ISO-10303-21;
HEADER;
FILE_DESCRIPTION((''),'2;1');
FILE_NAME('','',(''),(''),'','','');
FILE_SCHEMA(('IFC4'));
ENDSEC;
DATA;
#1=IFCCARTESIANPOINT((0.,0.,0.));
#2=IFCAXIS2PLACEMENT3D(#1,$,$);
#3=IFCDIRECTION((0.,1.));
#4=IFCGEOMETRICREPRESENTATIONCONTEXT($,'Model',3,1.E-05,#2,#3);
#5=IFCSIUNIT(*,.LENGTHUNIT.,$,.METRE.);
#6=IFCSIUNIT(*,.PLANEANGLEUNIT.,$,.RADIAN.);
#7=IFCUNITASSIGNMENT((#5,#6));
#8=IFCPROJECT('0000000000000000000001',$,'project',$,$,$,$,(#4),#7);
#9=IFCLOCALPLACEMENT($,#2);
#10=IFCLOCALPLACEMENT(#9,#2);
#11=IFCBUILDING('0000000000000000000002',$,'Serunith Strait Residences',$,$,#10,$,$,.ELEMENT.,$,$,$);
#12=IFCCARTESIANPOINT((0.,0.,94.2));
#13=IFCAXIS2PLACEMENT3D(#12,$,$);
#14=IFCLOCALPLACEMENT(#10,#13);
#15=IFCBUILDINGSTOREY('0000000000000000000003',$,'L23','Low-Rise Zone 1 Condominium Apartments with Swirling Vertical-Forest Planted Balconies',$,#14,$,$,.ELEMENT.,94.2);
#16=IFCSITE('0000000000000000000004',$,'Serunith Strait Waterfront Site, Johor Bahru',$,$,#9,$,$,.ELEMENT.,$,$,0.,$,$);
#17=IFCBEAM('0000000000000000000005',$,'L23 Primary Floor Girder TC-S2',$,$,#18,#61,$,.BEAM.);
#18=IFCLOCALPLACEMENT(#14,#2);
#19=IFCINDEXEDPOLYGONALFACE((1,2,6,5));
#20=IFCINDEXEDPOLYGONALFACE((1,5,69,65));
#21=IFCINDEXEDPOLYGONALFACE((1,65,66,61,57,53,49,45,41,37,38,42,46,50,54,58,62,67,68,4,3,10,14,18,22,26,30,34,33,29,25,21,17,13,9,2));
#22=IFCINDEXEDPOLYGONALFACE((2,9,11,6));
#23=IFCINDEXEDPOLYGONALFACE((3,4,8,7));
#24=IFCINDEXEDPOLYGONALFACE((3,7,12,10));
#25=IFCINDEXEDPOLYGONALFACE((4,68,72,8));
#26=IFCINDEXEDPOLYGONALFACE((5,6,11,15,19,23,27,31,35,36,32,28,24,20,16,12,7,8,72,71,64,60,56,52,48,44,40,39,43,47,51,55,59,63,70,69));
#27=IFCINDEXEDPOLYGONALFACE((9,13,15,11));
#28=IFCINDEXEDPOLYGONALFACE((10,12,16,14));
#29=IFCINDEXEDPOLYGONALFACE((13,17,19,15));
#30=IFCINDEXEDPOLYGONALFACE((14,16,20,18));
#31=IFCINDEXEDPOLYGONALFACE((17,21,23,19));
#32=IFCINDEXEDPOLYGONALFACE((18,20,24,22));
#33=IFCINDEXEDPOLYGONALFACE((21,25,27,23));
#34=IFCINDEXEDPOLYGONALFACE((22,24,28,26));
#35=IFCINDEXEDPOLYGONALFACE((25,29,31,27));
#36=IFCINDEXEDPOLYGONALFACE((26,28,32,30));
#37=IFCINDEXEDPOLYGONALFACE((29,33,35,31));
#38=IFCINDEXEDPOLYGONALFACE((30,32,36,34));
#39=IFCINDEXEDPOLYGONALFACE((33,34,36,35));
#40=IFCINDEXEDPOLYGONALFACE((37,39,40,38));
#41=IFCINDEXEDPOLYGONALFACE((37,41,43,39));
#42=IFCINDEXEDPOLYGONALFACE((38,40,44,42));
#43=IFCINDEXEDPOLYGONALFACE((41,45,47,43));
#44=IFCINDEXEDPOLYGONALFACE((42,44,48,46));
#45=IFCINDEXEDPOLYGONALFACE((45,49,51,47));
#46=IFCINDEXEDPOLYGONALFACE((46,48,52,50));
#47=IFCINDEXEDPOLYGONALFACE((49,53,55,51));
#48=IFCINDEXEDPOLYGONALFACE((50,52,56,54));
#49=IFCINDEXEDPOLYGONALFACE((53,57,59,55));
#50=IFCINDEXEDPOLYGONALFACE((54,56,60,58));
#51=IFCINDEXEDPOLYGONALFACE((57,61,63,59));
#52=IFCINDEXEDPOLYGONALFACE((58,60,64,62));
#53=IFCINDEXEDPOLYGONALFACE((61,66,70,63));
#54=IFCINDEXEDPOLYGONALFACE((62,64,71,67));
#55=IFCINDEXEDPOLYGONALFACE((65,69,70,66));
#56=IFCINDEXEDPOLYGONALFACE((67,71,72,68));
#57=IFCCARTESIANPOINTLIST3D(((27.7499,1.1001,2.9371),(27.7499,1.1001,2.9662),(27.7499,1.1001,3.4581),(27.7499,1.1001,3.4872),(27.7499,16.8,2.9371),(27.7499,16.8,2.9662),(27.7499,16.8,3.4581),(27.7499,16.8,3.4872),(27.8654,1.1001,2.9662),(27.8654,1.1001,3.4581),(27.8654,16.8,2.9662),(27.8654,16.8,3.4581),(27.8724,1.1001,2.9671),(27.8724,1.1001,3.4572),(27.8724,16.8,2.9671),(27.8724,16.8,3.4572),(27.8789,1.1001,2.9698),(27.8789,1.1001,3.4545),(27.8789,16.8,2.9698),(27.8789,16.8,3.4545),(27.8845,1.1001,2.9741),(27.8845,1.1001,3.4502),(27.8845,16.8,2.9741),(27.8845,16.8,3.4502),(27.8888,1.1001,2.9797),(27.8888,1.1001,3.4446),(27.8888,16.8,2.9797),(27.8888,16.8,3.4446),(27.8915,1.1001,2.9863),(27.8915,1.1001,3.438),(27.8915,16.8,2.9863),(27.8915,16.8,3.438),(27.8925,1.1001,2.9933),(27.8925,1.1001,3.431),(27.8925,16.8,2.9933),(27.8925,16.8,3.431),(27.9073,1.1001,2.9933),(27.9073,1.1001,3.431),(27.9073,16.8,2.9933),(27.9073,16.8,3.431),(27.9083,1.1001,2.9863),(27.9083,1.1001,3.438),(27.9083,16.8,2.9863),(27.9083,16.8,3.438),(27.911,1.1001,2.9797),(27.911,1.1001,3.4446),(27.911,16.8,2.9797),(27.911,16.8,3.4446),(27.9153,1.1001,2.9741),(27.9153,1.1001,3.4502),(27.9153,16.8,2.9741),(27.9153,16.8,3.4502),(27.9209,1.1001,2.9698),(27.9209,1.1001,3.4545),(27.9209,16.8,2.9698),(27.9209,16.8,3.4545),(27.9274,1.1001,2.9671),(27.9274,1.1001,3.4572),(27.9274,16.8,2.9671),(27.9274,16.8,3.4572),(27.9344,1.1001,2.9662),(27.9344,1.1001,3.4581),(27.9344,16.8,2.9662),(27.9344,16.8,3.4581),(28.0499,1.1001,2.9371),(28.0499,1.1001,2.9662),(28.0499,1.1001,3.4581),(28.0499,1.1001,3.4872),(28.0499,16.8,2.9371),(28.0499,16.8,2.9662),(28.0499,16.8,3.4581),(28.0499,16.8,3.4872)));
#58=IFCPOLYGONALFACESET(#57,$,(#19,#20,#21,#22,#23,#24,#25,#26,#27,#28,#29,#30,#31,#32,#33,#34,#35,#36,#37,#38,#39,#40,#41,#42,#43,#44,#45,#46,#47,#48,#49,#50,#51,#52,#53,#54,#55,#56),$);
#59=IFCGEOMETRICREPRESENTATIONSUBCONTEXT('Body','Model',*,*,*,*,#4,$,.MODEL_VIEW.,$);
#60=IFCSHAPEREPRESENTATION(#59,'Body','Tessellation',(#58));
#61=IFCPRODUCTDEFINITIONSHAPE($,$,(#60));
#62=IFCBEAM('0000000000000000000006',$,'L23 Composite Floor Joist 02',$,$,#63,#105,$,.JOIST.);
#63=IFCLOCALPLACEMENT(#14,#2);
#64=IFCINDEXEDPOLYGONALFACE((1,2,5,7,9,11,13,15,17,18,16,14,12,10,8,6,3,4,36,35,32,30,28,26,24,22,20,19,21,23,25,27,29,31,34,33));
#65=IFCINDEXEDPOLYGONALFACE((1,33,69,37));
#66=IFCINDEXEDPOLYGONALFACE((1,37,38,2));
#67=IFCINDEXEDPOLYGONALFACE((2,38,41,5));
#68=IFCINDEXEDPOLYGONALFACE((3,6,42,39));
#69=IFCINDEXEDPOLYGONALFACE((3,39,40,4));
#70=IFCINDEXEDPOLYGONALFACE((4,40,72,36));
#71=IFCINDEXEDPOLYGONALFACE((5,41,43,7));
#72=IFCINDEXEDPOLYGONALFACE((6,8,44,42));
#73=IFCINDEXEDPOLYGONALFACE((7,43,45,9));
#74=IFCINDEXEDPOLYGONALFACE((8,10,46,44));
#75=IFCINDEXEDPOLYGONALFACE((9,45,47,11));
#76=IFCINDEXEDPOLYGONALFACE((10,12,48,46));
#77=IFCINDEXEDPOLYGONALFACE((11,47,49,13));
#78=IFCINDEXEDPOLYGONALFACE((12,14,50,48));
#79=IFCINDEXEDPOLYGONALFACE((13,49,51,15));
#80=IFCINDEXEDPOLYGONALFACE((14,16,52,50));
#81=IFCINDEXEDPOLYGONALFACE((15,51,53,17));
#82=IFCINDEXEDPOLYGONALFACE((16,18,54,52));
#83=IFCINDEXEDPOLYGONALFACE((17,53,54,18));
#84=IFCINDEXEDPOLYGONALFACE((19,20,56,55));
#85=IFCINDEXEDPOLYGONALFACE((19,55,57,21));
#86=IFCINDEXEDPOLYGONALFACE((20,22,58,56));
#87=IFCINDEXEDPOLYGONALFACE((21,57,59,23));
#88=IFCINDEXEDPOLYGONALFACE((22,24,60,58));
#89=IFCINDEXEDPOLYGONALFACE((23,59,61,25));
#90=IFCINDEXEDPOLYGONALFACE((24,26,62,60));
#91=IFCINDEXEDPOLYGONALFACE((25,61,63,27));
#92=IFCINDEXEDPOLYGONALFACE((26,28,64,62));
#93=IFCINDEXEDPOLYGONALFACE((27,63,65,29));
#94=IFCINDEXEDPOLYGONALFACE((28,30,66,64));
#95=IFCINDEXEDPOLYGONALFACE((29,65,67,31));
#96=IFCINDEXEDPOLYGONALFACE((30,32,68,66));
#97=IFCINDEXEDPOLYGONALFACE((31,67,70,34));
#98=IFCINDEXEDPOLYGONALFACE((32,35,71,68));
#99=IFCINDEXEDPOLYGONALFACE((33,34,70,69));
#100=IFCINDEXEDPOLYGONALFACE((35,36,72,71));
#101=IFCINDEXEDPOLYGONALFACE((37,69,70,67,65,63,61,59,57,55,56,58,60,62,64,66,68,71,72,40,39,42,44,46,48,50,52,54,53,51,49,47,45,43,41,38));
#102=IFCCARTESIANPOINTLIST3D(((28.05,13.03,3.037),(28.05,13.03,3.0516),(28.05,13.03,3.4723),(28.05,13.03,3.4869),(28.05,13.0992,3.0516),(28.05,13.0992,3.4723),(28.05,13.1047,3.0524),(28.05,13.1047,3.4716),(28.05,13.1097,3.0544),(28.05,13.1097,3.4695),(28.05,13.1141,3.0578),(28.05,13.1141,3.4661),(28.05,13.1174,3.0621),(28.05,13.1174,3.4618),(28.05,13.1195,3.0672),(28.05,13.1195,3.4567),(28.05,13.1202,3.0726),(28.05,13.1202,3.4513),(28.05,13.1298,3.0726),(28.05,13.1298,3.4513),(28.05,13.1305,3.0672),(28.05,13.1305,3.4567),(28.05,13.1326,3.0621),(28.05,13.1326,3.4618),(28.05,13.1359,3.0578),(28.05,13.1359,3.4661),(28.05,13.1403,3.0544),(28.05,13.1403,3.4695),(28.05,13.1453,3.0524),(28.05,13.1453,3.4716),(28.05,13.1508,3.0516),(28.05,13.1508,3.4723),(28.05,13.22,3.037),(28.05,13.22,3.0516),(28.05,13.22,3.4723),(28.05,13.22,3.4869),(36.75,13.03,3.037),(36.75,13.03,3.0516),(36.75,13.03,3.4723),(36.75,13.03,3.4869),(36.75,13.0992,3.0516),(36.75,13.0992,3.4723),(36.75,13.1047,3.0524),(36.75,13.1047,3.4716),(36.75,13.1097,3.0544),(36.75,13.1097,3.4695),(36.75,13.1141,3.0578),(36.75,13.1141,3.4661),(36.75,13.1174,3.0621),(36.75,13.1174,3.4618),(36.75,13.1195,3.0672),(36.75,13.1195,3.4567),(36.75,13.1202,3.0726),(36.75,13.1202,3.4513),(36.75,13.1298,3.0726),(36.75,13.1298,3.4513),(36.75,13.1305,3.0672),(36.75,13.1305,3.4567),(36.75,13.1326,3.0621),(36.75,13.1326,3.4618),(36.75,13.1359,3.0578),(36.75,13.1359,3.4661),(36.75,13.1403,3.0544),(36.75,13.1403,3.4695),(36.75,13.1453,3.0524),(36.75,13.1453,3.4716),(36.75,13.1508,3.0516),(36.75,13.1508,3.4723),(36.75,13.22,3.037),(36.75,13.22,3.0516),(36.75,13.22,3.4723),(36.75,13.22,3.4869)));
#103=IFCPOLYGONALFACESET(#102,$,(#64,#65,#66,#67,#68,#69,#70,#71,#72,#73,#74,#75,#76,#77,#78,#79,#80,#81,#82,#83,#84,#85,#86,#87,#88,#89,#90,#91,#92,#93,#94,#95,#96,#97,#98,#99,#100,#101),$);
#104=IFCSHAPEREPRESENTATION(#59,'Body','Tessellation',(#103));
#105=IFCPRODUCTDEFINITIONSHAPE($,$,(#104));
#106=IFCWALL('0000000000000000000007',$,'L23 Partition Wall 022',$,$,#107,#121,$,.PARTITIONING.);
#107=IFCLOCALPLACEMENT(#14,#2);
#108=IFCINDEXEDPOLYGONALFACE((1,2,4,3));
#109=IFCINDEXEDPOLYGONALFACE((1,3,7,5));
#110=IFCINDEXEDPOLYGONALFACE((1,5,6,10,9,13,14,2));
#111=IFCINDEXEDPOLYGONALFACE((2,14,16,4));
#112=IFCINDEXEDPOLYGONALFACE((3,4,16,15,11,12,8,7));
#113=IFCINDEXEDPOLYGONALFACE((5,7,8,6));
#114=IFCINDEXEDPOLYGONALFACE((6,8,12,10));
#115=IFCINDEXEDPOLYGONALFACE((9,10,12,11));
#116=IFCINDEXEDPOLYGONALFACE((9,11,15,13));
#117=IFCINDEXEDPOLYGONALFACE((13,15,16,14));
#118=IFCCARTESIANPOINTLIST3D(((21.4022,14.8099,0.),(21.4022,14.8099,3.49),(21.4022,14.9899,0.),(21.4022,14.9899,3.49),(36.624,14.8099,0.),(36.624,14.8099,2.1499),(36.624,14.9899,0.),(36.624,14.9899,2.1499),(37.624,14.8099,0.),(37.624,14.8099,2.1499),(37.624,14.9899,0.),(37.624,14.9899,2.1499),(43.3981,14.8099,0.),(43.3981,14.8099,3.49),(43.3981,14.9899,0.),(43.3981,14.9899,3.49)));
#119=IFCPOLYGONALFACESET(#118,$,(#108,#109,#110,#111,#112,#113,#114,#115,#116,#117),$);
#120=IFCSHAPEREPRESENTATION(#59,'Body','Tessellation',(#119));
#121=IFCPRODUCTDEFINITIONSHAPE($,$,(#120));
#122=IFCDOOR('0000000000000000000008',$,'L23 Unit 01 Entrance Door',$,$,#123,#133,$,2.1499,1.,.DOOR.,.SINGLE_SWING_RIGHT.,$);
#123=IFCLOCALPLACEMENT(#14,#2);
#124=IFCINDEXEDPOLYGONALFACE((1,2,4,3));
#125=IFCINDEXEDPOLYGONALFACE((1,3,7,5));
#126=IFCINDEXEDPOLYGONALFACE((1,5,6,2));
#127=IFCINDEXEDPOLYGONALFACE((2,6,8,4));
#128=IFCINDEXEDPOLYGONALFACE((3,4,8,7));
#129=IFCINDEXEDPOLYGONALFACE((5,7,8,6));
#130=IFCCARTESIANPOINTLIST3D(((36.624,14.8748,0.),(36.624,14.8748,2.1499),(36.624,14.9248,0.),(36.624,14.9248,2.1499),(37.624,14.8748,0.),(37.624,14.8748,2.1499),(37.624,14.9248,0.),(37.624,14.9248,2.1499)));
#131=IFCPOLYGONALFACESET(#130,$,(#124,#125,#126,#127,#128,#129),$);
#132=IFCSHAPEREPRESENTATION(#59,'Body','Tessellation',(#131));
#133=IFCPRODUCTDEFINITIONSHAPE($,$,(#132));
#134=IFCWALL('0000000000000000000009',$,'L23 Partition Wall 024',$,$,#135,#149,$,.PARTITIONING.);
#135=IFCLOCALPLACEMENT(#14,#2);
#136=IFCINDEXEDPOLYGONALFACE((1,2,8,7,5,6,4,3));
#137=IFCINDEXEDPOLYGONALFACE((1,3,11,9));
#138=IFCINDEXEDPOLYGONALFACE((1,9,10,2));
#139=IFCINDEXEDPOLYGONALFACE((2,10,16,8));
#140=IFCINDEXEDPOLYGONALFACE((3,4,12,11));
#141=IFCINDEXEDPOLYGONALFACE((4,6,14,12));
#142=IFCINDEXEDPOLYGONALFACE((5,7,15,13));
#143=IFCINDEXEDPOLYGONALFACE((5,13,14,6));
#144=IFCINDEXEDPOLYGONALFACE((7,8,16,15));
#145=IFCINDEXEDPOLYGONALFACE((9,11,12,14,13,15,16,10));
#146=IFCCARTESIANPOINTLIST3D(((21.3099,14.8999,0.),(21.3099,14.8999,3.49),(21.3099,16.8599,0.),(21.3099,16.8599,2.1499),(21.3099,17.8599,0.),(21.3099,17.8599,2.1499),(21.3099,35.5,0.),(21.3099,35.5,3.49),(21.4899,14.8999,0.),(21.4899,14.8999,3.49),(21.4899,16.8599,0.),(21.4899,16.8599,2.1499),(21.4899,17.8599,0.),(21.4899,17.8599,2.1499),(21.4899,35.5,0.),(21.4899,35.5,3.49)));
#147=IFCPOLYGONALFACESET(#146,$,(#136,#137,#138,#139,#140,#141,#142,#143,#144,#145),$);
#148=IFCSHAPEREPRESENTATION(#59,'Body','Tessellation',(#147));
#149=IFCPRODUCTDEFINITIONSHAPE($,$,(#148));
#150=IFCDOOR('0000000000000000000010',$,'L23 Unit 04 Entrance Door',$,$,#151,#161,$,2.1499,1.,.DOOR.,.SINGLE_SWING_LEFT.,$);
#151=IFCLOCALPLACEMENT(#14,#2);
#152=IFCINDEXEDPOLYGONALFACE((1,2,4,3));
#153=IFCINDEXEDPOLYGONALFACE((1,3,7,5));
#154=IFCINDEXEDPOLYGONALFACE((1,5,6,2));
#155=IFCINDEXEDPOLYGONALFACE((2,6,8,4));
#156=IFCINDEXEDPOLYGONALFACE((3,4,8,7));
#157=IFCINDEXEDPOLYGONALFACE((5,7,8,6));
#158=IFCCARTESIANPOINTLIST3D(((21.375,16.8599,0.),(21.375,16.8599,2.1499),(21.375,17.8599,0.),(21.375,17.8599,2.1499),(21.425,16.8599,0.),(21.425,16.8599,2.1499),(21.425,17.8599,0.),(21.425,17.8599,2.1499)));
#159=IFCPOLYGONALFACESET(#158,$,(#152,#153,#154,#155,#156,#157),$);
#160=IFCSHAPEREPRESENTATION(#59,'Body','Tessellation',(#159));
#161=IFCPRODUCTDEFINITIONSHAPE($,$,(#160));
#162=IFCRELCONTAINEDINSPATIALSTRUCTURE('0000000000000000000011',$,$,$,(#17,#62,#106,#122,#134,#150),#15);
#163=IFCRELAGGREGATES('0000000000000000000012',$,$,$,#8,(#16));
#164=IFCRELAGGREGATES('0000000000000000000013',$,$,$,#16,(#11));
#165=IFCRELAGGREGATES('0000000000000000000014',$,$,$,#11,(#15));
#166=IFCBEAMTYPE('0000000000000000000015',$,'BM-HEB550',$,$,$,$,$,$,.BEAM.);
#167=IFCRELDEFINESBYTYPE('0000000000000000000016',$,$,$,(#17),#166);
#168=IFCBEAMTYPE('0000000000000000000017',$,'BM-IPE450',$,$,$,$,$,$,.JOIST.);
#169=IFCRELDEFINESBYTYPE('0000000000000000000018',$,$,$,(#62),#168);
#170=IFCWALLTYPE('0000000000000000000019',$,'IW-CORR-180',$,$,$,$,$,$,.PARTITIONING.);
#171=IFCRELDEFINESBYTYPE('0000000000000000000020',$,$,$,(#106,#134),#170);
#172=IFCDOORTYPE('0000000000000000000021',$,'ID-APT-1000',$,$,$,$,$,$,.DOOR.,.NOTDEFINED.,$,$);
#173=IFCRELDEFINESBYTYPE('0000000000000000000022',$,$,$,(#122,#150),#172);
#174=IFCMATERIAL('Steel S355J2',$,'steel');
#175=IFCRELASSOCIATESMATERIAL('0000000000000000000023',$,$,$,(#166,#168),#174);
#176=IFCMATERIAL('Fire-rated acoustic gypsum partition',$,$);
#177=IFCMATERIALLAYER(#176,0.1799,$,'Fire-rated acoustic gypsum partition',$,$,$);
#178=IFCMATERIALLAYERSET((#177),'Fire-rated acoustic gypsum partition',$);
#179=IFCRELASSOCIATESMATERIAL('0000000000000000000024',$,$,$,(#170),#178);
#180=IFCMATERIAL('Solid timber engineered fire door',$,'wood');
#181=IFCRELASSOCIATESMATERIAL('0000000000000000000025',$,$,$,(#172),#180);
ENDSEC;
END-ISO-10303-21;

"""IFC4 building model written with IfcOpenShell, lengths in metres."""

from ifc_helpers import new_model, si_unit, direction, frame, frame_2d, origin, origin_2d, place, context, subcontext, project, spatial, rectangle, i_section, extrude, source, transform, mapped, material, layer, layer_set, material_profile, profile_set, type_object, element, fill, save


model = new_model("IFC4")

# Units and contexts
model_context = context("Model", 3, precision=1e-05, world=origin(), true_north=direction((0.0, 1.0)))
body_context = subcontext(model_context, "Body", "Model", "MODEL_VIEW")
ifc_project = project(units=[si_unit("LENGTHUNIT", "METRE"), si_unit("PLANEANGLEUNIT", "RADIAN")], contexts=[model_context])

# Site, building, storey
site_placement = place(None, origin())
site = spatial("IfcSite", under=ifc_project, at=site_placement, Name="Serunith Strait Waterfront Site, Johor Bahru", CompositionType="ELEMENT", RefElevation=0.0)
building_placement = place(site_placement, origin())
building = spatial("IfcBuilding", under=site, at=building_placement, Name="Serunith Strait Residences", CompositionType="ELEMENT")
storey_placement = place(building_placement, frame((0.0, 0.0, 94.2)))
storey = spatial("IfcBuildingStorey", under=building, at=storey_placement, Name="L23", Description="Low-Rise Zone 1 Condominium Apartments with Swirling Vertical-Forest Planted Balconies", CompositionType="ELEMENT", Elevation=94.2)

# Beams
ifc_material_1 = material(Name="Steel S355J2", Category="steel")
ifc_material_profile_1 = material_profile(ifc_material_1, i_section(OverallWidth=0.3, OverallDepth=0.55, WebThickness=0.0149, FlangeThickness=0.0291, FilletRadius=0.0271, at=origin_2d()), Name="HEB 550")
ifc_profile_set_1 = profile_set([ifc_material_profile_1], Name="Steel S355J2")
beam_type_1 = type_object("IfcBeamType", Name="BM-HEB550", PredefinedType="BEAM", material=ifc_profile_set_1)
shared_shape_1 = source(origin(), body_context, "Body", "SweptSolid", [
    extrude(i_section(OverallWidth=0.3, OverallDepth=0.55, WebThickness=0.0149, FlangeThickness=0.0291, FilletRadius=0.0271, at=origin_2d()), origin(), (0.0, 0.0, 1.0), 15.7),
])
beam_1_placement = place(storey_placement, frame((27.8999, 16.8, 3.2122), z_axis=(0.0, -1.0, 0.0), x_axis=(1.0, 0.0, 0.0)))
element("IfcBeam", 1, at=beam_1_placement, inside=storey, type_object=beam_type_1, Name="L23 Primary Floor Girder TC-S2", PredefinedType="BEAM", context=body_context, shape_type="MappedRepresentation", body=[
    mapped(shared_shape_1, transform((0.0, 0.0, 0.0), scale=1.0)),
])
ifc_material_profile_2 = material_profile(ifc_material_1, i_section(OverallWidth=0.1899, OverallDepth=0.45, WebThickness=0.0095, FlangeThickness=0.0146, FilletRadius=0.021, at=origin_2d()), Name="IPE 450")
ifc_profile_set_2 = profile_set([ifc_material_profile_2], Name="Steel S355J2")
beam_type_2 = type_object("IfcBeamType", Name="BM-IPE450", PredefinedType="JOIST", material=ifc_profile_set_2)
shared_shape_2 = source(origin(), body_context, "Body", "SweptSolid", [
    extrude(i_section(OverallWidth=0.1899, OverallDepth=0.45, WebThickness=0.0095, FlangeThickness=0.0146, FilletRadius=0.021, at=origin_2d()), origin(), (0.0, 0.0, 1.0), 8.7),
])
beam_2_placement = place(storey_placement, frame((28.05, 13.125, 3.262), z_axis=(1.0, 0.0, 0.0), x_axis=(0.0, 1.0, 0.0)))
element("IfcBeam", 2, at=beam_2_placement, inside=storey, type_object=beam_type_2, Name="L23 Composite Floor Joist 02", PredefinedType="JOIST", context=body_context, shape_type="MappedRepresentation", body=[
    mapped(shared_shape_2, transform((0.0, 0.0, 0.0), scale=1.0)),
])

# Walls, openings, doors
ifc_material_2 = material(Name="Fire-rated acoustic gypsum partition")
ifc_layer_1 = layer(ifc_material_2, 0.1799, Name="Fire-rated acoustic gypsum partition")
ifc_layer_set_1 = layer_set([ifc_layer_1], Name="Fire-rated acoustic gypsum partition")
wall_type_1 = type_object("IfcWallType", Name="IW-CORR-180", PredefinedType="PARTITIONING", material=ifc_layer_set_1)
wall_1_placement = place(storey_placement, frame((21.4021, 14.8999, 0.0), z_axis=(0.0, 0.0, 1.0), x_axis=(1.0, 0.0, 0.0)))
wall_1 = element("IfcWall", 3, at=wall_1_placement, inside=storey, type_object=wall_type_1, Name="L23 Partition Wall 022", PredefinedType="PARTITIONING", context=body_context, shape_type="SweptSolid", body=[
    extrude(rectangle(XDim=21.9958, YDim=0.1799, at=frame_2d((10.998, 0.0))), origin(), (0.0, 0.0, 1.0), 3.49),
])
opening_1_placement = place(wall_1_placement, frame((15.2219, 0.0, 0.0)))
opening_1 = element("IfcOpeningElement", 4, at=opening_1_placement, cuts=wall_1, PredefinedType="OPENING", context=body_context, shape_type="SweptSolid", body=[
    extrude(rectangle(XDim=1.0, YDim=2.1499, at=frame_2d((0.5, 1.075))), frame((0.0, 0.1001, 0.0), z_axis=(0.0, -1.0, 0.0), x_axis=(1.0, 0.0, 0.0)), (0.0, 0.0, 1.0), 0.2),
])
ifc_material_3 = material(Name="Solid timber engineered fire door", Category="wood")
door_type_1 = type_object("IfcDoorType", Name="ID-APT-1000", OperationType="NOTDEFINED", PredefinedType="DOOR", material=ifc_material_3)
shared_shape_3 = source(origin(), body_context, "Body", "SweptSolid", [
    extrude(rectangle(XDim=1.0, YDim=2.1499, at=frame_2d((0.5, 1.075))), frame((0.0, 0.0249, 0.0), z_axis=(0.0, -1.0, 0.0), x_axis=(1.0, 0.0, 0.0)), (0.0, 0.0, 1.0), 0.05),
])
door_1_placement = place(opening_1_placement, origin())
door_1 = element("IfcDoor", 5, at=door_1_placement, inside=storey, type_object=door_type_1, Name="L23 Unit 01 Entrance Door", OperationType="SINGLE_SWING_RIGHT", OverallHeight=2.1499, OverallWidth=1.0, PredefinedType="DOOR", context=body_context, shape_type="MappedRepresentation", body=[
    mapped(shared_shape_3, transform((0.0, 0.0, 0.0), scale=1.0)),
])
fill(opening_1, door_1)
wall_2_placement = place(storey_placement, frame((21.3999, 14.8999, 0.0), z_axis=(0.0, 0.0, 1.0), x_axis=(0.0, 1.0, 0.0)))
wall_2 = element("IfcWall", 6, at=wall_2_placement, inside=storey, type_object=wall_type_1, Name="L23 Partition Wall 024", PredefinedType="PARTITIONING", context=body_context, shape_type="SweptSolid", body=[
    extrude(rectangle(XDim=20.6001, YDim=0.1799, at=frame_2d((10.3, 0.0))), origin(), (0.0, 0.0, 1.0), 3.49),
])
opening_2_placement = place(wall_2_placement, frame((1.96, 0.0, 0.0)))
opening_2 = element("IfcOpeningElement", 7, at=opening_2_placement, cuts=wall_2, PredefinedType="OPENING", context=body_context, shape_type="SweptSolid", body=[
    extrude(rectangle(XDim=1.0, YDim=2.1499, at=frame_2d((0.5, 1.075))), frame((0.0, 0.1001, 0.0), z_axis=(0.0, -1.0, 0.0), x_axis=(1.0, 0.0, 0.0)), (0.0, 0.0, 1.0), 0.2),
])
door_2_placement = place(opening_2_placement, origin())
door_2 = element("IfcDoor", 8, at=door_2_placement, inside=storey, type_object=door_type_1, Name="L23 Unit 04 Entrance Door", OperationType="SINGLE_SWING_LEFT", OverallHeight=2.1499, OverallWidth=1.0, PredefinedType="DOOR", context=body_context, shape_type="MappedRepresentation", body=[
    mapped(shared_shape_3, transform((0.0, 0.0, 0.0), scale=1.0)),
])
fill(opening_2, door_2)

save(model, "model.ifc")
